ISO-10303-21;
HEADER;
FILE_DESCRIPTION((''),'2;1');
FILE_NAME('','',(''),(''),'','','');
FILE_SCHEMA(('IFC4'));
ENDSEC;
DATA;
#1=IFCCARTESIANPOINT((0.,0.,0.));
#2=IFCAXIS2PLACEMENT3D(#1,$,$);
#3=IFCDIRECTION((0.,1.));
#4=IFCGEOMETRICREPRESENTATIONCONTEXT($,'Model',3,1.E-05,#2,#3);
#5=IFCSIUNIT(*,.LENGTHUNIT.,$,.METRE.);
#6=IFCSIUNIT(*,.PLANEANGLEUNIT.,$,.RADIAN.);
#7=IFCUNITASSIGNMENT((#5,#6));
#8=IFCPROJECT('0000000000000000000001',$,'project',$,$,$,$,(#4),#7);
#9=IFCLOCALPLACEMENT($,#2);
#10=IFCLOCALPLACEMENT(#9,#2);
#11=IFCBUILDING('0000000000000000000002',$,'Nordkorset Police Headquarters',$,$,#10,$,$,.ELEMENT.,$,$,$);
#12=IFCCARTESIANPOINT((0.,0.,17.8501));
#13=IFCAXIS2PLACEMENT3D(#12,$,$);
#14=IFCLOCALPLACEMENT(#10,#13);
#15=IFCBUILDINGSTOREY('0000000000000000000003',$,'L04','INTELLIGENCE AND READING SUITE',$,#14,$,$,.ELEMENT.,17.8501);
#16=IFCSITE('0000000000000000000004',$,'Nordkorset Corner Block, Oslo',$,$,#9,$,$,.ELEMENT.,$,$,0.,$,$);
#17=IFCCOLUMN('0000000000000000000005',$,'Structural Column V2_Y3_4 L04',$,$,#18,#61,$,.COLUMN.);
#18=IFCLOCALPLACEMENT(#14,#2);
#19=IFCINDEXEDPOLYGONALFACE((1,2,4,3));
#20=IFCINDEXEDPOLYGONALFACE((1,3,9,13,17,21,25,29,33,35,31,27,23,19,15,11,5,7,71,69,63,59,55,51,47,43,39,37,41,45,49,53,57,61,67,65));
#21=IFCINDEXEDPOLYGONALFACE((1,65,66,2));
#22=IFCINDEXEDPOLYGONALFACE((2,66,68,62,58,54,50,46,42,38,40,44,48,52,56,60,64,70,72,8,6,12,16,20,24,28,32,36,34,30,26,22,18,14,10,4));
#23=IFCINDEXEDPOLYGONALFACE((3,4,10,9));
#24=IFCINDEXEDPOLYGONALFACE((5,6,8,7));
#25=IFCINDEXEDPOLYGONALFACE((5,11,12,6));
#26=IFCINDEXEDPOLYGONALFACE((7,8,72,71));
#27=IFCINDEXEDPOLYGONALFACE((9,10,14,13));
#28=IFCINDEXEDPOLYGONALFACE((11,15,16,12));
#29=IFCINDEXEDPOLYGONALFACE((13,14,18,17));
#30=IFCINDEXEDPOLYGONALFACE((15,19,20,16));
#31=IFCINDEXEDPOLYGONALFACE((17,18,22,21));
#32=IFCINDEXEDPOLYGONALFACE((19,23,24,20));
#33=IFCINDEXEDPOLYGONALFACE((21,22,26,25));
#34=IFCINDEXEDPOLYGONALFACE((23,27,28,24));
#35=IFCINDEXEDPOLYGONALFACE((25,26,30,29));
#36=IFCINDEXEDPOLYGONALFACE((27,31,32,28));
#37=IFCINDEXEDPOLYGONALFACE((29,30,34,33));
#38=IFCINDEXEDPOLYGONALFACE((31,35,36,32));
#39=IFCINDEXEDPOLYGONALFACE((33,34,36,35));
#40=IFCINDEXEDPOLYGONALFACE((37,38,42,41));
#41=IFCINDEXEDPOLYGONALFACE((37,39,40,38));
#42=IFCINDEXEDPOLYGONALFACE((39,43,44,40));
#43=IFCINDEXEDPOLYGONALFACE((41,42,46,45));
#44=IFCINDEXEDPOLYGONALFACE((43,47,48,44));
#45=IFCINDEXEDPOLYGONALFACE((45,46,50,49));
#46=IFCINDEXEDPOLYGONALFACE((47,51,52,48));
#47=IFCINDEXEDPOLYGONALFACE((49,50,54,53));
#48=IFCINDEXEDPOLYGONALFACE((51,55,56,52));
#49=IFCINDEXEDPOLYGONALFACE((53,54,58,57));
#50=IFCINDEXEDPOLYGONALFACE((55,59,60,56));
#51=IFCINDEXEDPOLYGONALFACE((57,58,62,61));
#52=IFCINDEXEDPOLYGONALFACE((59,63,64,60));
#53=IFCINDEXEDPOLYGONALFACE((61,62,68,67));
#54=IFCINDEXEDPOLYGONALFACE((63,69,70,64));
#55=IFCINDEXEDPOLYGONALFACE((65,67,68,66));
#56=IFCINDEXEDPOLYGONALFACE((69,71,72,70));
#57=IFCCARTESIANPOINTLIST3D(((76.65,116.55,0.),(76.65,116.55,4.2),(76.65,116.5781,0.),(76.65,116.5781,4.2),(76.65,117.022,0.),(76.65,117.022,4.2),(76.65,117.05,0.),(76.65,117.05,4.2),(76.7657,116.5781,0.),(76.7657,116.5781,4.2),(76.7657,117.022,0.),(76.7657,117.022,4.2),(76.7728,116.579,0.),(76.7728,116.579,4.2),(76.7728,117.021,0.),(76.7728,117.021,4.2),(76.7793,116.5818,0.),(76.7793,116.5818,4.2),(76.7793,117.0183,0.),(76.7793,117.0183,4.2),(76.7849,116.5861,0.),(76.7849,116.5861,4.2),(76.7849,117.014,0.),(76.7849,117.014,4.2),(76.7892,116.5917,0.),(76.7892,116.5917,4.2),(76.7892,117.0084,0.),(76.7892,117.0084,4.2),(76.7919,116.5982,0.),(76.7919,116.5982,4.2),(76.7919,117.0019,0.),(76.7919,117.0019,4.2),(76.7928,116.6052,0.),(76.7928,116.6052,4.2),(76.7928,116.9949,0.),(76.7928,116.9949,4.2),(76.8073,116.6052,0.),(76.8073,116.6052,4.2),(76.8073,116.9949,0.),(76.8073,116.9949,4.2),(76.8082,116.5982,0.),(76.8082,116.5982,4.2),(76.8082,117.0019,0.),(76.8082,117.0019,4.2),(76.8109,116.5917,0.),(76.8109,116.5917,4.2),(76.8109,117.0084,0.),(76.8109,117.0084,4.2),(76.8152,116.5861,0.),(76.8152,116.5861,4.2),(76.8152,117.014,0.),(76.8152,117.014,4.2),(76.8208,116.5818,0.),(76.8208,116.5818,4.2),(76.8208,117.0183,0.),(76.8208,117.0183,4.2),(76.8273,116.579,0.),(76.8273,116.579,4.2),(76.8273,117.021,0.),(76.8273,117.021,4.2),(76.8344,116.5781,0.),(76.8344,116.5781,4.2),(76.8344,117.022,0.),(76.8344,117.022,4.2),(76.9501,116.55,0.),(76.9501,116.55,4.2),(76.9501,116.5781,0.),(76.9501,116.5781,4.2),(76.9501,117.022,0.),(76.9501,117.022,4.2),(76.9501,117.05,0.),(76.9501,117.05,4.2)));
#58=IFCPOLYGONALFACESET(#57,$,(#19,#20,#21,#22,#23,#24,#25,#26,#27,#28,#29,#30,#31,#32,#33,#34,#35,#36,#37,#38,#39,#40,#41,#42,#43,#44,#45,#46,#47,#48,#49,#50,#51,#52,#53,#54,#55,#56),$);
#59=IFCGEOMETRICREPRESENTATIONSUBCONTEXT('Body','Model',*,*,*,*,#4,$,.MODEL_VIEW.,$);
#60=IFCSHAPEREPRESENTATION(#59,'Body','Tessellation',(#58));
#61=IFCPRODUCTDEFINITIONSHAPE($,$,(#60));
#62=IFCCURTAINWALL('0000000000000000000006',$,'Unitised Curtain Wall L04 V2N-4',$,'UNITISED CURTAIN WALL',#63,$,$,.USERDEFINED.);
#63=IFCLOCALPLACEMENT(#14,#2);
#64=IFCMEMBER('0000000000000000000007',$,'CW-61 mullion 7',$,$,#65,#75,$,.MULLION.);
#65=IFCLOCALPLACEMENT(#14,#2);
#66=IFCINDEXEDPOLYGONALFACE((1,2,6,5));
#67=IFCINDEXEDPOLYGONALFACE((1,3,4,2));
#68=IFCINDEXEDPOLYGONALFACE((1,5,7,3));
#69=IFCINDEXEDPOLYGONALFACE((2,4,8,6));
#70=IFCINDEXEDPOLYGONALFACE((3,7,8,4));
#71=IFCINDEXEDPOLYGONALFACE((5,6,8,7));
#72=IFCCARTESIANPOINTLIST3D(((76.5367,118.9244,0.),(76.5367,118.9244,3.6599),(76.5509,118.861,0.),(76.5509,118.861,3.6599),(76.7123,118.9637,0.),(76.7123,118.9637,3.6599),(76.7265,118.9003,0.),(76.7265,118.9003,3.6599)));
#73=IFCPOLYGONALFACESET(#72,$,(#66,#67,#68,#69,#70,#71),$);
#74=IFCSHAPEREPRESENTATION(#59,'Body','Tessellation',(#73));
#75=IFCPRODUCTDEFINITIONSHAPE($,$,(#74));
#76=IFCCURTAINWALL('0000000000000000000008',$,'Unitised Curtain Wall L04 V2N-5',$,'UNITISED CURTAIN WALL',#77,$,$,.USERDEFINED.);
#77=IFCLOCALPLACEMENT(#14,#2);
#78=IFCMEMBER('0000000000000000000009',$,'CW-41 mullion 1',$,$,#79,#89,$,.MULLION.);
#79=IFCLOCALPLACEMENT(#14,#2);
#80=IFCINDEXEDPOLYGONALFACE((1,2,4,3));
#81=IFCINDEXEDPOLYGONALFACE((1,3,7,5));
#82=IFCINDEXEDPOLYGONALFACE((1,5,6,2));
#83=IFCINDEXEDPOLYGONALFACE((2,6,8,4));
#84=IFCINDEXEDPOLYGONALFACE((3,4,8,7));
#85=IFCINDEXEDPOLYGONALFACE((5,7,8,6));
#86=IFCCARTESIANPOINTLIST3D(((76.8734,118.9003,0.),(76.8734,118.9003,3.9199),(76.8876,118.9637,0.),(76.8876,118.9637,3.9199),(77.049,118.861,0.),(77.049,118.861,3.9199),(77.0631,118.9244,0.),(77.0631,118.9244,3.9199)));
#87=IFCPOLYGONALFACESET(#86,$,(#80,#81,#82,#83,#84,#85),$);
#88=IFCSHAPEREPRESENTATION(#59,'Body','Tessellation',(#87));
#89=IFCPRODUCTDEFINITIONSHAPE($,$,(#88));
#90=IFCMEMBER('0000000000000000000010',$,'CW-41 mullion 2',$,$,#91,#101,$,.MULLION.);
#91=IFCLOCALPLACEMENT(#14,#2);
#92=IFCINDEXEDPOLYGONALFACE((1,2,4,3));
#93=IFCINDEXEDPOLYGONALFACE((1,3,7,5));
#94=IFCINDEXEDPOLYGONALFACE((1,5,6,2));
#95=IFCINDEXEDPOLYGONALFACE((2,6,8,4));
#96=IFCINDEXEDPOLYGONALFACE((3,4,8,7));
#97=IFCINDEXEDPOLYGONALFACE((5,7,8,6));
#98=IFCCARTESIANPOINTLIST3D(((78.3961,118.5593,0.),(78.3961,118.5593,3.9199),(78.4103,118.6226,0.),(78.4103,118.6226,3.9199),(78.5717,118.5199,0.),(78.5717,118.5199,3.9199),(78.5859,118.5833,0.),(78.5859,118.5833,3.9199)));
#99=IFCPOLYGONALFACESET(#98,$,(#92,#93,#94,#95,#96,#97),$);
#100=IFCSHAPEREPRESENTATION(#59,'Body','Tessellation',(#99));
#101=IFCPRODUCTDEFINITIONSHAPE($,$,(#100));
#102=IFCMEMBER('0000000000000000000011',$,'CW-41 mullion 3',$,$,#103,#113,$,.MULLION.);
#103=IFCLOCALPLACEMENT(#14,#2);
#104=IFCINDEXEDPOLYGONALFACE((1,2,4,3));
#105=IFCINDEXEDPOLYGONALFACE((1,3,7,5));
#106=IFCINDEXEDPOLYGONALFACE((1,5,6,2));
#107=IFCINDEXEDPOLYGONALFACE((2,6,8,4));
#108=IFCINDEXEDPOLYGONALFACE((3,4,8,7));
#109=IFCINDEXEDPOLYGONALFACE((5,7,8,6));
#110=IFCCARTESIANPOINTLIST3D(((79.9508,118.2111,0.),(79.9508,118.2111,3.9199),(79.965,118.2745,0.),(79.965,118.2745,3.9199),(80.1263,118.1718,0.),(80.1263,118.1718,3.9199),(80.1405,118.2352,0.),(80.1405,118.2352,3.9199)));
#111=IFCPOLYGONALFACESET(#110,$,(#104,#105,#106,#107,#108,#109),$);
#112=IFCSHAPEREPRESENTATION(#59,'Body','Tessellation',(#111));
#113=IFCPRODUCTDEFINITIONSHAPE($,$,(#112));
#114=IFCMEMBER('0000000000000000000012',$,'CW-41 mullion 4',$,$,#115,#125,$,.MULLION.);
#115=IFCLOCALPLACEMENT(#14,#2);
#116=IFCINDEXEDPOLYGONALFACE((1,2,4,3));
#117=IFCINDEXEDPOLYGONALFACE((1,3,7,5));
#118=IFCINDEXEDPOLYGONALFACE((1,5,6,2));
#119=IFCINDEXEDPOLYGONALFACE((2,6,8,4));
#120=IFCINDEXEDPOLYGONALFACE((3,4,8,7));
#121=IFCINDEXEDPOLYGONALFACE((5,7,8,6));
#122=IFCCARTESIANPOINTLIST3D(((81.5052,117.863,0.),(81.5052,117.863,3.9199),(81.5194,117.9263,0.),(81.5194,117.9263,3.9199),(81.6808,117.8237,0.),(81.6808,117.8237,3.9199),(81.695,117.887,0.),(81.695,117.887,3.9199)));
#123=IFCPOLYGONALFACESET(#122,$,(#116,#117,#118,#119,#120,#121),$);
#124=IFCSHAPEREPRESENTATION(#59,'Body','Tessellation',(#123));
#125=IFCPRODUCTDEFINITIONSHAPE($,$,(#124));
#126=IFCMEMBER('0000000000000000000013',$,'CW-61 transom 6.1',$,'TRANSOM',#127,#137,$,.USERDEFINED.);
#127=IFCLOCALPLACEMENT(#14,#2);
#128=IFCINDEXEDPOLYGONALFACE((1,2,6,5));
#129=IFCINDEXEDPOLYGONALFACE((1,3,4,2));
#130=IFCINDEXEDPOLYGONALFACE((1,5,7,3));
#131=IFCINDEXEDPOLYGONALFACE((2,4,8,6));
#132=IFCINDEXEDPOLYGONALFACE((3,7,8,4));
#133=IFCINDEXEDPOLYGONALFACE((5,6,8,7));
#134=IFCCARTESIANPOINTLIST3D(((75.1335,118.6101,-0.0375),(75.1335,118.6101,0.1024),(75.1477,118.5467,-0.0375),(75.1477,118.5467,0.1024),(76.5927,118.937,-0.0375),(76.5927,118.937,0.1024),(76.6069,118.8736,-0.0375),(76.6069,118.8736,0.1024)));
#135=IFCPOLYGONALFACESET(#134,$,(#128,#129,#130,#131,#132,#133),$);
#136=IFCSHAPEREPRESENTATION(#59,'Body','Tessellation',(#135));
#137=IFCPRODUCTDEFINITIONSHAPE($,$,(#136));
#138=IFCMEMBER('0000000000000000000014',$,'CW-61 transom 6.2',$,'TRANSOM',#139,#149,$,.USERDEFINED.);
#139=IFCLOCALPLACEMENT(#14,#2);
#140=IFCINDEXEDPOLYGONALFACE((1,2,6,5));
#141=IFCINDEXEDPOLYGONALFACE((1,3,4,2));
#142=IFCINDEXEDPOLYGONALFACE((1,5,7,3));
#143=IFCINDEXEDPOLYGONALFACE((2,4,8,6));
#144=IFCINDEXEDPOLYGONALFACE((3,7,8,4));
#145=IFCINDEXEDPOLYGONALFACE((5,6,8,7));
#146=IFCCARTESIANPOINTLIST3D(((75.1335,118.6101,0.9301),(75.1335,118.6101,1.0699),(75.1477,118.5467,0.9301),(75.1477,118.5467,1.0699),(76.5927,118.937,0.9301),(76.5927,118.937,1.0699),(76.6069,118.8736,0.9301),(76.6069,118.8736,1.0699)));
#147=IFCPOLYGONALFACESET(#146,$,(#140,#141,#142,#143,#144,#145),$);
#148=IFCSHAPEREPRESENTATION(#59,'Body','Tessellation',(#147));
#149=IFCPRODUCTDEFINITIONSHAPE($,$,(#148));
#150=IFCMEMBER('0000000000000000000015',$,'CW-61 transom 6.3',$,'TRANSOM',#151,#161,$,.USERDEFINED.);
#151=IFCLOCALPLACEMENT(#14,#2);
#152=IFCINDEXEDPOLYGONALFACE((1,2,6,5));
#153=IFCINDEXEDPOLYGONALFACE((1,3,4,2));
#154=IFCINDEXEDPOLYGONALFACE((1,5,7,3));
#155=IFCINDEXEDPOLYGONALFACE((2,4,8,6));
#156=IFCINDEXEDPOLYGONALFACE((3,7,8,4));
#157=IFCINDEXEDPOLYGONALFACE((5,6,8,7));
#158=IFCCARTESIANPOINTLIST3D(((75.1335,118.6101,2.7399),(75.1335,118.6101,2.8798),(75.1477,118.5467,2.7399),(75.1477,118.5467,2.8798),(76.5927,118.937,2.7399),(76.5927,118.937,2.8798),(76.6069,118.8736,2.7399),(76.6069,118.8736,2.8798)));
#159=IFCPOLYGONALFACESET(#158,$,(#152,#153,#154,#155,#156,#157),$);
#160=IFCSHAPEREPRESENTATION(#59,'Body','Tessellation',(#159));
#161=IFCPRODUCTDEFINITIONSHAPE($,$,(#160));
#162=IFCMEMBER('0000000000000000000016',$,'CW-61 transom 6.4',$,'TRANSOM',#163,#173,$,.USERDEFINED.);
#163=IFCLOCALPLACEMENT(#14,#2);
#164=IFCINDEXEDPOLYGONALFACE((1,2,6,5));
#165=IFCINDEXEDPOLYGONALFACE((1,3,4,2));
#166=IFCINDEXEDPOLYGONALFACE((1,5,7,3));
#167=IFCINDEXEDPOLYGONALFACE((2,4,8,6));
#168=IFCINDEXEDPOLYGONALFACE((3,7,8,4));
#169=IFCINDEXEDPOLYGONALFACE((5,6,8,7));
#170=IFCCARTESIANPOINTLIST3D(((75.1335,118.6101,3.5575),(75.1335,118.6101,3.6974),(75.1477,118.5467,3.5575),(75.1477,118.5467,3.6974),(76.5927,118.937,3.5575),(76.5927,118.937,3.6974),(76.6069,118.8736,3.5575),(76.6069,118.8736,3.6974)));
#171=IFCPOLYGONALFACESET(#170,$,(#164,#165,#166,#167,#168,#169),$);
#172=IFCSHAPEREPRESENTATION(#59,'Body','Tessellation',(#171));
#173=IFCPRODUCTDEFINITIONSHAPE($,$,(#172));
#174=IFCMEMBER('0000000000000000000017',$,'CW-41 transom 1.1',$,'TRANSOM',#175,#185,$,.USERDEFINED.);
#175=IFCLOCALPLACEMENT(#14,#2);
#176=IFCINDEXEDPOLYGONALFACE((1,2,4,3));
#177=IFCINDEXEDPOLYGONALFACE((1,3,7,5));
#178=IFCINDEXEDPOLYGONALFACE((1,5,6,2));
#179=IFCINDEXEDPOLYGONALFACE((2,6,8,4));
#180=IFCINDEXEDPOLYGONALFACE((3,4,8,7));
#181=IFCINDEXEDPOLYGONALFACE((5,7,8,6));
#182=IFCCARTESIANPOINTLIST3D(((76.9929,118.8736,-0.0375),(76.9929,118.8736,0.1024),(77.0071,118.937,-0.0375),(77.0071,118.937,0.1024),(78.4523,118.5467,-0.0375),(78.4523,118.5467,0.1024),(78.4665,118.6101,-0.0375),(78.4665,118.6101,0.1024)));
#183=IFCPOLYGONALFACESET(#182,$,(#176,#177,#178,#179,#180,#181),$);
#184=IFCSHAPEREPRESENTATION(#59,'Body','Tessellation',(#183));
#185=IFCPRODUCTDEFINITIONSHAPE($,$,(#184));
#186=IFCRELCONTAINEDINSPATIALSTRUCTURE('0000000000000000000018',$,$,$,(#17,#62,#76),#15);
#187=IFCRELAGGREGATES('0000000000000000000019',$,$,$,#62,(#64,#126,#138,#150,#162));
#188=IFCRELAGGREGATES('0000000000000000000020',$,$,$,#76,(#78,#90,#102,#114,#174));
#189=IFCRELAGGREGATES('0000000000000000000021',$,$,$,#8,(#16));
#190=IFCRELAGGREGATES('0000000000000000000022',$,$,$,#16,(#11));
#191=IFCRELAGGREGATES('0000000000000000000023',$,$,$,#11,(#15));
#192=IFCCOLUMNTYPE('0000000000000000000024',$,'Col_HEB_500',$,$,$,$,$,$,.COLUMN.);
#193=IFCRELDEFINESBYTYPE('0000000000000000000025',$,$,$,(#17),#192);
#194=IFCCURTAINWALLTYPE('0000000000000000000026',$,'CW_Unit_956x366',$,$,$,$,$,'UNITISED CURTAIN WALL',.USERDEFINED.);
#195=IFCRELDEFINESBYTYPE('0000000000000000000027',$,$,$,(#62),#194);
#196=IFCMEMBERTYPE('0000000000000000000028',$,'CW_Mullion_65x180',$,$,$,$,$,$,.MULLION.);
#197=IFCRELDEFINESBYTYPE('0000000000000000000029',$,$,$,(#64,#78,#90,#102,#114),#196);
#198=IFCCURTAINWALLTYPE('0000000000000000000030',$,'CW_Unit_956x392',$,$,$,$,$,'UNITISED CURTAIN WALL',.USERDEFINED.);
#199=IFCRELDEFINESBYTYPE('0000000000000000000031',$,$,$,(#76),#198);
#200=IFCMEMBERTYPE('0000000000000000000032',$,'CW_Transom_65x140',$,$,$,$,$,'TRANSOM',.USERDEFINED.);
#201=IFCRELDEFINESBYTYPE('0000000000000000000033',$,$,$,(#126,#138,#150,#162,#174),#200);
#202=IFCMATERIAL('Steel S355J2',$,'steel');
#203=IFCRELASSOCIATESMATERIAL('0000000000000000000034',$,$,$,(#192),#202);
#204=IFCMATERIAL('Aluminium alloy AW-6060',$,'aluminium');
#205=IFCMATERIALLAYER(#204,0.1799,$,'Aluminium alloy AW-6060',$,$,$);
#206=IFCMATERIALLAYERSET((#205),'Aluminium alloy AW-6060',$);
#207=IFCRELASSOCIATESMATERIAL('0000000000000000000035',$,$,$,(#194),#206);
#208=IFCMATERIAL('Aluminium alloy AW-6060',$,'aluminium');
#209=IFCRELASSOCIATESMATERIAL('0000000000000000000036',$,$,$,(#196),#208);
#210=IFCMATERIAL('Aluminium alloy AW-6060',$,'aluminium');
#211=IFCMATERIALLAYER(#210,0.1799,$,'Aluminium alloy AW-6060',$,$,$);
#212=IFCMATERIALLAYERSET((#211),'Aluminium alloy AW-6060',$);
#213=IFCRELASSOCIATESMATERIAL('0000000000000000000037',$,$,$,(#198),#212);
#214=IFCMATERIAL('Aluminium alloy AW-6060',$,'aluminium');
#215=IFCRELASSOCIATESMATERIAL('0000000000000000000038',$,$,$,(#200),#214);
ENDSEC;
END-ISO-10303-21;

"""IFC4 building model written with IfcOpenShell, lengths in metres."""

from ifc_helpers import new_model, si_unit, direction, frame, origin, origin_2d, place, context, subcontext, project, spatial, rectangle, i_section, extrude, material, layer, layer_set, material_profile, profile_set, type_object, element, aggregate, save


model = new_model("IFC4")

# Units and contexts
model_context = context("Model", 3, precision=1e-05, world=origin(), true_north=direction((0.0, 1.0)))
body_context = subcontext(model_context, "Body", "Model", "MODEL_VIEW")
ifc_project = project(units=[si_unit("LENGTHUNIT", "METRE"), si_unit("PLANEANGLEUNIT", "RADIAN")], contexts=[model_context])

# Site, building, storey
site_placement = place(None, origin())
site = spatial("IfcSite", under=ifc_project, at=site_placement, Name="Nordkorset Corner Block, Oslo", CompositionType="ELEMENT", RefElevation=0.0)
building_placement = place(site_placement, origin())
building = spatial("IfcBuilding", under=site, at=building_placement, Name="Nordkorset Police Headquarters", CompositionType="ELEMENT")
storey_placement = place(building_placement, frame((0.0, 0.0, 17.8501)))
storey = spatial("IfcBuildingStorey", under=building, at=storey_placement, Name="L04", Description="INTELLIGENCE AND READING SUITE", CompositionType="ELEMENT", Elevation=17.8501)

# Column
ifc_material_1 = material(Name="Steel S355J2", Category="steel")
ifc_material_profile_1 = material_profile(ifc_material_1, i_section(OverallWidth=0.3, OverallDepth=0.5, WebThickness=0.0144, FlangeThickness=0.0281, FilletRadius=0.0271, at=origin_2d()), Name="HEB 500")
ifc_profile_set_1 = profile_set([ifc_material_profile_1], Name="Steel S355J2")
column_type = type_object("IfcColumnType", Name="Col_HEB_500", PredefinedType="COLUMN", material=ifc_profile_set_1)
column_placement = place(storey_placement, frame((76.8, 116.8, 0.0), z_axis=(0.0, 0.0, 1.0), x_axis=(1.0, 0.0, 0.0)))
element("IfcColumn", 1, at=column_placement, inside=storey, type_object=column_type, Name="Structural Column V2_Y3_4 L04", PredefinedType="COLUMN", context=body_context, shape_type="SweptSolid", body=[
    extrude(i_section(OverallWidth=0.3, OverallDepth=0.5, WebThickness=0.0144, FlangeThickness=0.0281, FilletRadius=0.0271, at=origin_2d()), origin(), (0.0, 0.0, 1.0), 4.2),
])

# Curtain wall, member
ifc_material_2 = material(Name="Aluminium alloy AW-6060", Category="aluminium")
ifc_layer_1 = layer(ifc_material_2, 0.1799, Name="Aluminium alloy AW-6060")
ifc_layer_set_1 = layer_set([ifc_layer_1], Name="Aluminium alloy AW-6060")
curtain_wall_type_1 = type_object("IfcCurtainWallType", Name="CW_Unit_956x366", ElementType="UNITISED CURTAIN WALL", PredefinedType="USERDEFINED", material=ifc_layer_set_1)
curtain_wall_1_placement = place(storey_placement, origin())
curtain_wall_1 = element("IfcCurtainWall", 2, at=curtain_wall_1_placement, inside=storey, type_object=curtain_wall_type_1, Name="Unitised Curtain Wall L04 V2N-4", ObjectType="UNITISED CURTAIN WALL", PredefinedType="USERDEFINED")
ifc_material_3 = material(Name="Aluminium alloy AW-6060", Category="aluminium")
ifc_material_profile_2 = material_profile(ifc_material_3, rectangle(XDim=0.0649, YDim=0.1799, at=origin_2d()), Name="ALU MULL 65x180")
ifc_profile_set_2 = profile_set([ifc_material_profile_2], Name="Aluminium alloy AW-6060")
member_type_1 = type_object("IfcMemberType", Name="CW_Mullion_65x180", PredefinedType="MULLION", material=ifc_profile_set_2)
member_1_placement = place(storey_placement, frame((76.6316, 118.9124, 0.0), z_axis=(0.0, 0.0, 1.0), x_axis=(-0.218544, 0.975827, 0.0)))
member_1 = element("IfcMember", 3, at=member_1_placement, type_object=member_type_1, Name="CW-61 mullion 7", PredefinedType="MULLION", context=body_context, shape_type="SweptSolid", body=[
    extrude(rectangle(XDim=0.0649, YDim=0.1799, at=origin_2d()), origin(), (0.0, 0.0, 1.0), 3.6599),
])

# Curtain wall, members
ifc_material_4 = material(Name="Aluminium alloy AW-6060", Category="aluminium")
ifc_layer_2 = layer(ifc_material_4, 0.1799, Name="Aluminium alloy AW-6060")
ifc_layer_set_2 = layer_set([ifc_layer_2], Name="Aluminium alloy AW-6060")
curtain_wall_type_2 = type_object("IfcCurtainWallType", Name="CW_Unit_956x392", ElementType="UNITISED CURTAIN WALL", PredefinedType="USERDEFINED", material=ifc_layer_set_2)
curtain_wall_2_placement = place(storey_placement, origin())
curtain_wall_2 = element("IfcCurtainWall", 4, at=curtain_wall_2_placement, inside=storey, type_object=curtain_wall_type_2, Name="Unitised Curtain Wall L04 V2N-5", ObjectType="UNITISED CURTAIN WALL", PredefinedType="USERDEFINED")
member_2_placement = place(storey_placement, frame((76.9683, 118.9124, 0.0), z_axis=(0.0, 0.0, 1.0), x_axis=(0.218544, 0.975827, 0.0)))
member_2 = element("IfcMember", 5, at=member_2_placement, type_object=member_type_1, Name="CW-41 mullion 1", PredefinedType="MULLION", context=body_context, shape_type="SweptSolid", body=[
    extrude(rectangle(XDim=0.0649, YDim=0.1799, at=origin_2d()), origin(), (0.0, 0.0, 1.0), 3.9199),
])
member_3_placement = place(storey_placement, frame((78.491, 118.5713, 0.0), z_axis=(0.0, 0.0, 1.0), x_axis=(0.218544, 0.975827, 0.0)))
member_3 = element("IfcMember", 6, at=member_3_placement, type_object=member_type_1, Name="CW-41 mullion 2", PredefinedType="MULLION", context=body_context, shape_type="SweptSolid", body=[
    extrude(rectangle(XDim=0.0649, YDim=0.1799, at=origin_2d()), origin(), (0.0, 0.0, 1.0), 3.9199),
])
member_4_placement = place(storey_placement, frame((80.0457, 118.2231, 0.0), z_axis=(0.0, 0.0, 1.0), x_axis=(0.218544, 0.975827, 0.0)))
member_4 = element("IfcMember", 7, at=member_4_placement, type_object=member_type_1, Name="CW-41 mullion 3", PredefinedType="MULLION", context=body_context, shape_type="SweptSolid", body=[
    extrude(rectangle(XDim=0.0649, YDim=0.1799, at=origin_2d()), origin(), (0.0, 0.0, 1.0), 3.9199),
])
member_5_placement = place(storey_placement, frame((81.6001, 117.875, 0.0), z_axis=(0.0, 0.0, 1.0), x_axis=(0.218544, 0.975827, 0.0)))
member_5 = element("IfcMember", 8, at=member_5_placement, type_object=member_type_1, Name="CW-41 mullion 4", PredefinedType="MULLION", context=body_context, shape_type="SweptSolid", body=[
    extrude(rectangle(XDim=0.0649, YDim=0.1799, at=origin_2d()), origin(), (0.0, 0.0, 1.0), 3.9199),
])

# Members
ifc_material_5 = material(Name="Aluminium alloy AW-6060", Category="aluminium")
ifc_material_profile_3 = material_profile(ifc_material_5, rectangle(XDim=0.0649, YDim=0.1399, at=origin_2d()), Name="ALU TRAN 65x140")
ifc_profile_set_3 = profile_set([ifc_material_profile_3], Name="Aluminium alloy AW-6060")
member_type_2 = type_object("IfcMemberType", Name="CW_Transom_65x140", ElementType="TRANSOM", PredefinedType="USERDEFINED", material=ifc_profile_set_3)
member_6_placement = place(storey_placement, frame((75.1406, 118.5784, 0.0325), z_axis=(0.975813, 0.218607, 0.0), x_axis=(-0.218607, 0.975813, 0.0)))
member_6 = element("IfcMember", 9, at=member_6_placement, type_object=member_type_2, Name="CW-61 transom 6.1", ObjectType="TRANSOM", PredefinedType="USERDEFINED", context=body_context, shape_type="SweptSolid", body=[
    extrude(rectangle(XDim=0.0649, YDim=0.1399, at=origin_2d()), origin(), (0.0, 0.0, 1.0), 1.4954),
])
member_7_placement = place(storey_placement, frame((75.1406, 118.5784, 1.0), z_axis=(0.975813, 0.218607, 0.0), x_axis=(-0.218607, 0.975813, 0.0)))
member_7 = element("IfcMember", 10, at=member_7_placement, type_object=member_type_2, Name="CW-61 transom 6.2", ObjectType="TRANSOM", PredefinedType="USERDEFINED", context=body_context, shape_type="SweptSolid", body=[
    extrude(rectangle(XDim=0.0649, YDim=0.1399, at=origin_2d()), origin(), (0.0, 0.0, 1.0), 1.4954),
])
member_8_placement = place(storey_placement, frame((75.1406, 118.5784, 2.8098), z_axis=(0.975813, 0.218607, 0.0), x_axis=(-0.218607, 0.975813, 0.0)))
member_8 = element("IfcMember", 11, at=member_8_placement, type_object=member_type_2, Name="CW-61 transom 6.3", ObjectType="TRANSOM", PredefinedType="USERDEFINED", context=body_context, shape_type="SweptSolid", body=[
    extrude(rectangle(XDim=0.0649, YDim=0.1399, at=origin_2d()), origin(), (0.0, 0.0, 1.0), 1.4954),
])
member_9_placement = place(storey_placement, frame((75.1406, 118.5784, 3.6274), z_axis=(0.975813, 0.218607, 0.0), x_axis=(-0.218607, 0.975813, 0.0)))
member_9 = element("IfcMember", 12, at=member_9_placement, type_object=member_type_2, Name="CW-61 transom 6.4", ObjectType="TRANSOM", PredefinedType="USERDEFINED", context=body_context, shape_type="SweptSolid", body=[
    extrude(rectangle(XDim=0.0649, YDim=0.1399, at=origin_2d()), origin(), (0.0, 0.0, 1.0), 1.4954),
])
member_10_placement = place(storey_placement, frame((77.0, 118.9053, 0.0325), z_axis=(0.975821, -0.218572, 0.0), x_axis=(0.218572, 0.975821, 0.0)))
member_10 = element("IfcMember", 13, at=member_10_placement, type_object=member_type_2, Name="CW-41 transom 1.1", ObjectType="TRANSOM", PredefinedType="USERDEFINED", context=body_context, shape_type="SweptSolid", body=[
    extrude(rectangle(XDim=0.0649, YDim=0.1399, at=origin_2d()), origin(), (0.0, 0.0, 1.0), 1.4956),
])

aggregate(curtain_wall_1, [member_1, member_6, member_7, member_8, member_9])
aggregate(curtain_wall_2, [member_2, member_3, member_4, member_5, member_10])

save(model, "model.ifc")
